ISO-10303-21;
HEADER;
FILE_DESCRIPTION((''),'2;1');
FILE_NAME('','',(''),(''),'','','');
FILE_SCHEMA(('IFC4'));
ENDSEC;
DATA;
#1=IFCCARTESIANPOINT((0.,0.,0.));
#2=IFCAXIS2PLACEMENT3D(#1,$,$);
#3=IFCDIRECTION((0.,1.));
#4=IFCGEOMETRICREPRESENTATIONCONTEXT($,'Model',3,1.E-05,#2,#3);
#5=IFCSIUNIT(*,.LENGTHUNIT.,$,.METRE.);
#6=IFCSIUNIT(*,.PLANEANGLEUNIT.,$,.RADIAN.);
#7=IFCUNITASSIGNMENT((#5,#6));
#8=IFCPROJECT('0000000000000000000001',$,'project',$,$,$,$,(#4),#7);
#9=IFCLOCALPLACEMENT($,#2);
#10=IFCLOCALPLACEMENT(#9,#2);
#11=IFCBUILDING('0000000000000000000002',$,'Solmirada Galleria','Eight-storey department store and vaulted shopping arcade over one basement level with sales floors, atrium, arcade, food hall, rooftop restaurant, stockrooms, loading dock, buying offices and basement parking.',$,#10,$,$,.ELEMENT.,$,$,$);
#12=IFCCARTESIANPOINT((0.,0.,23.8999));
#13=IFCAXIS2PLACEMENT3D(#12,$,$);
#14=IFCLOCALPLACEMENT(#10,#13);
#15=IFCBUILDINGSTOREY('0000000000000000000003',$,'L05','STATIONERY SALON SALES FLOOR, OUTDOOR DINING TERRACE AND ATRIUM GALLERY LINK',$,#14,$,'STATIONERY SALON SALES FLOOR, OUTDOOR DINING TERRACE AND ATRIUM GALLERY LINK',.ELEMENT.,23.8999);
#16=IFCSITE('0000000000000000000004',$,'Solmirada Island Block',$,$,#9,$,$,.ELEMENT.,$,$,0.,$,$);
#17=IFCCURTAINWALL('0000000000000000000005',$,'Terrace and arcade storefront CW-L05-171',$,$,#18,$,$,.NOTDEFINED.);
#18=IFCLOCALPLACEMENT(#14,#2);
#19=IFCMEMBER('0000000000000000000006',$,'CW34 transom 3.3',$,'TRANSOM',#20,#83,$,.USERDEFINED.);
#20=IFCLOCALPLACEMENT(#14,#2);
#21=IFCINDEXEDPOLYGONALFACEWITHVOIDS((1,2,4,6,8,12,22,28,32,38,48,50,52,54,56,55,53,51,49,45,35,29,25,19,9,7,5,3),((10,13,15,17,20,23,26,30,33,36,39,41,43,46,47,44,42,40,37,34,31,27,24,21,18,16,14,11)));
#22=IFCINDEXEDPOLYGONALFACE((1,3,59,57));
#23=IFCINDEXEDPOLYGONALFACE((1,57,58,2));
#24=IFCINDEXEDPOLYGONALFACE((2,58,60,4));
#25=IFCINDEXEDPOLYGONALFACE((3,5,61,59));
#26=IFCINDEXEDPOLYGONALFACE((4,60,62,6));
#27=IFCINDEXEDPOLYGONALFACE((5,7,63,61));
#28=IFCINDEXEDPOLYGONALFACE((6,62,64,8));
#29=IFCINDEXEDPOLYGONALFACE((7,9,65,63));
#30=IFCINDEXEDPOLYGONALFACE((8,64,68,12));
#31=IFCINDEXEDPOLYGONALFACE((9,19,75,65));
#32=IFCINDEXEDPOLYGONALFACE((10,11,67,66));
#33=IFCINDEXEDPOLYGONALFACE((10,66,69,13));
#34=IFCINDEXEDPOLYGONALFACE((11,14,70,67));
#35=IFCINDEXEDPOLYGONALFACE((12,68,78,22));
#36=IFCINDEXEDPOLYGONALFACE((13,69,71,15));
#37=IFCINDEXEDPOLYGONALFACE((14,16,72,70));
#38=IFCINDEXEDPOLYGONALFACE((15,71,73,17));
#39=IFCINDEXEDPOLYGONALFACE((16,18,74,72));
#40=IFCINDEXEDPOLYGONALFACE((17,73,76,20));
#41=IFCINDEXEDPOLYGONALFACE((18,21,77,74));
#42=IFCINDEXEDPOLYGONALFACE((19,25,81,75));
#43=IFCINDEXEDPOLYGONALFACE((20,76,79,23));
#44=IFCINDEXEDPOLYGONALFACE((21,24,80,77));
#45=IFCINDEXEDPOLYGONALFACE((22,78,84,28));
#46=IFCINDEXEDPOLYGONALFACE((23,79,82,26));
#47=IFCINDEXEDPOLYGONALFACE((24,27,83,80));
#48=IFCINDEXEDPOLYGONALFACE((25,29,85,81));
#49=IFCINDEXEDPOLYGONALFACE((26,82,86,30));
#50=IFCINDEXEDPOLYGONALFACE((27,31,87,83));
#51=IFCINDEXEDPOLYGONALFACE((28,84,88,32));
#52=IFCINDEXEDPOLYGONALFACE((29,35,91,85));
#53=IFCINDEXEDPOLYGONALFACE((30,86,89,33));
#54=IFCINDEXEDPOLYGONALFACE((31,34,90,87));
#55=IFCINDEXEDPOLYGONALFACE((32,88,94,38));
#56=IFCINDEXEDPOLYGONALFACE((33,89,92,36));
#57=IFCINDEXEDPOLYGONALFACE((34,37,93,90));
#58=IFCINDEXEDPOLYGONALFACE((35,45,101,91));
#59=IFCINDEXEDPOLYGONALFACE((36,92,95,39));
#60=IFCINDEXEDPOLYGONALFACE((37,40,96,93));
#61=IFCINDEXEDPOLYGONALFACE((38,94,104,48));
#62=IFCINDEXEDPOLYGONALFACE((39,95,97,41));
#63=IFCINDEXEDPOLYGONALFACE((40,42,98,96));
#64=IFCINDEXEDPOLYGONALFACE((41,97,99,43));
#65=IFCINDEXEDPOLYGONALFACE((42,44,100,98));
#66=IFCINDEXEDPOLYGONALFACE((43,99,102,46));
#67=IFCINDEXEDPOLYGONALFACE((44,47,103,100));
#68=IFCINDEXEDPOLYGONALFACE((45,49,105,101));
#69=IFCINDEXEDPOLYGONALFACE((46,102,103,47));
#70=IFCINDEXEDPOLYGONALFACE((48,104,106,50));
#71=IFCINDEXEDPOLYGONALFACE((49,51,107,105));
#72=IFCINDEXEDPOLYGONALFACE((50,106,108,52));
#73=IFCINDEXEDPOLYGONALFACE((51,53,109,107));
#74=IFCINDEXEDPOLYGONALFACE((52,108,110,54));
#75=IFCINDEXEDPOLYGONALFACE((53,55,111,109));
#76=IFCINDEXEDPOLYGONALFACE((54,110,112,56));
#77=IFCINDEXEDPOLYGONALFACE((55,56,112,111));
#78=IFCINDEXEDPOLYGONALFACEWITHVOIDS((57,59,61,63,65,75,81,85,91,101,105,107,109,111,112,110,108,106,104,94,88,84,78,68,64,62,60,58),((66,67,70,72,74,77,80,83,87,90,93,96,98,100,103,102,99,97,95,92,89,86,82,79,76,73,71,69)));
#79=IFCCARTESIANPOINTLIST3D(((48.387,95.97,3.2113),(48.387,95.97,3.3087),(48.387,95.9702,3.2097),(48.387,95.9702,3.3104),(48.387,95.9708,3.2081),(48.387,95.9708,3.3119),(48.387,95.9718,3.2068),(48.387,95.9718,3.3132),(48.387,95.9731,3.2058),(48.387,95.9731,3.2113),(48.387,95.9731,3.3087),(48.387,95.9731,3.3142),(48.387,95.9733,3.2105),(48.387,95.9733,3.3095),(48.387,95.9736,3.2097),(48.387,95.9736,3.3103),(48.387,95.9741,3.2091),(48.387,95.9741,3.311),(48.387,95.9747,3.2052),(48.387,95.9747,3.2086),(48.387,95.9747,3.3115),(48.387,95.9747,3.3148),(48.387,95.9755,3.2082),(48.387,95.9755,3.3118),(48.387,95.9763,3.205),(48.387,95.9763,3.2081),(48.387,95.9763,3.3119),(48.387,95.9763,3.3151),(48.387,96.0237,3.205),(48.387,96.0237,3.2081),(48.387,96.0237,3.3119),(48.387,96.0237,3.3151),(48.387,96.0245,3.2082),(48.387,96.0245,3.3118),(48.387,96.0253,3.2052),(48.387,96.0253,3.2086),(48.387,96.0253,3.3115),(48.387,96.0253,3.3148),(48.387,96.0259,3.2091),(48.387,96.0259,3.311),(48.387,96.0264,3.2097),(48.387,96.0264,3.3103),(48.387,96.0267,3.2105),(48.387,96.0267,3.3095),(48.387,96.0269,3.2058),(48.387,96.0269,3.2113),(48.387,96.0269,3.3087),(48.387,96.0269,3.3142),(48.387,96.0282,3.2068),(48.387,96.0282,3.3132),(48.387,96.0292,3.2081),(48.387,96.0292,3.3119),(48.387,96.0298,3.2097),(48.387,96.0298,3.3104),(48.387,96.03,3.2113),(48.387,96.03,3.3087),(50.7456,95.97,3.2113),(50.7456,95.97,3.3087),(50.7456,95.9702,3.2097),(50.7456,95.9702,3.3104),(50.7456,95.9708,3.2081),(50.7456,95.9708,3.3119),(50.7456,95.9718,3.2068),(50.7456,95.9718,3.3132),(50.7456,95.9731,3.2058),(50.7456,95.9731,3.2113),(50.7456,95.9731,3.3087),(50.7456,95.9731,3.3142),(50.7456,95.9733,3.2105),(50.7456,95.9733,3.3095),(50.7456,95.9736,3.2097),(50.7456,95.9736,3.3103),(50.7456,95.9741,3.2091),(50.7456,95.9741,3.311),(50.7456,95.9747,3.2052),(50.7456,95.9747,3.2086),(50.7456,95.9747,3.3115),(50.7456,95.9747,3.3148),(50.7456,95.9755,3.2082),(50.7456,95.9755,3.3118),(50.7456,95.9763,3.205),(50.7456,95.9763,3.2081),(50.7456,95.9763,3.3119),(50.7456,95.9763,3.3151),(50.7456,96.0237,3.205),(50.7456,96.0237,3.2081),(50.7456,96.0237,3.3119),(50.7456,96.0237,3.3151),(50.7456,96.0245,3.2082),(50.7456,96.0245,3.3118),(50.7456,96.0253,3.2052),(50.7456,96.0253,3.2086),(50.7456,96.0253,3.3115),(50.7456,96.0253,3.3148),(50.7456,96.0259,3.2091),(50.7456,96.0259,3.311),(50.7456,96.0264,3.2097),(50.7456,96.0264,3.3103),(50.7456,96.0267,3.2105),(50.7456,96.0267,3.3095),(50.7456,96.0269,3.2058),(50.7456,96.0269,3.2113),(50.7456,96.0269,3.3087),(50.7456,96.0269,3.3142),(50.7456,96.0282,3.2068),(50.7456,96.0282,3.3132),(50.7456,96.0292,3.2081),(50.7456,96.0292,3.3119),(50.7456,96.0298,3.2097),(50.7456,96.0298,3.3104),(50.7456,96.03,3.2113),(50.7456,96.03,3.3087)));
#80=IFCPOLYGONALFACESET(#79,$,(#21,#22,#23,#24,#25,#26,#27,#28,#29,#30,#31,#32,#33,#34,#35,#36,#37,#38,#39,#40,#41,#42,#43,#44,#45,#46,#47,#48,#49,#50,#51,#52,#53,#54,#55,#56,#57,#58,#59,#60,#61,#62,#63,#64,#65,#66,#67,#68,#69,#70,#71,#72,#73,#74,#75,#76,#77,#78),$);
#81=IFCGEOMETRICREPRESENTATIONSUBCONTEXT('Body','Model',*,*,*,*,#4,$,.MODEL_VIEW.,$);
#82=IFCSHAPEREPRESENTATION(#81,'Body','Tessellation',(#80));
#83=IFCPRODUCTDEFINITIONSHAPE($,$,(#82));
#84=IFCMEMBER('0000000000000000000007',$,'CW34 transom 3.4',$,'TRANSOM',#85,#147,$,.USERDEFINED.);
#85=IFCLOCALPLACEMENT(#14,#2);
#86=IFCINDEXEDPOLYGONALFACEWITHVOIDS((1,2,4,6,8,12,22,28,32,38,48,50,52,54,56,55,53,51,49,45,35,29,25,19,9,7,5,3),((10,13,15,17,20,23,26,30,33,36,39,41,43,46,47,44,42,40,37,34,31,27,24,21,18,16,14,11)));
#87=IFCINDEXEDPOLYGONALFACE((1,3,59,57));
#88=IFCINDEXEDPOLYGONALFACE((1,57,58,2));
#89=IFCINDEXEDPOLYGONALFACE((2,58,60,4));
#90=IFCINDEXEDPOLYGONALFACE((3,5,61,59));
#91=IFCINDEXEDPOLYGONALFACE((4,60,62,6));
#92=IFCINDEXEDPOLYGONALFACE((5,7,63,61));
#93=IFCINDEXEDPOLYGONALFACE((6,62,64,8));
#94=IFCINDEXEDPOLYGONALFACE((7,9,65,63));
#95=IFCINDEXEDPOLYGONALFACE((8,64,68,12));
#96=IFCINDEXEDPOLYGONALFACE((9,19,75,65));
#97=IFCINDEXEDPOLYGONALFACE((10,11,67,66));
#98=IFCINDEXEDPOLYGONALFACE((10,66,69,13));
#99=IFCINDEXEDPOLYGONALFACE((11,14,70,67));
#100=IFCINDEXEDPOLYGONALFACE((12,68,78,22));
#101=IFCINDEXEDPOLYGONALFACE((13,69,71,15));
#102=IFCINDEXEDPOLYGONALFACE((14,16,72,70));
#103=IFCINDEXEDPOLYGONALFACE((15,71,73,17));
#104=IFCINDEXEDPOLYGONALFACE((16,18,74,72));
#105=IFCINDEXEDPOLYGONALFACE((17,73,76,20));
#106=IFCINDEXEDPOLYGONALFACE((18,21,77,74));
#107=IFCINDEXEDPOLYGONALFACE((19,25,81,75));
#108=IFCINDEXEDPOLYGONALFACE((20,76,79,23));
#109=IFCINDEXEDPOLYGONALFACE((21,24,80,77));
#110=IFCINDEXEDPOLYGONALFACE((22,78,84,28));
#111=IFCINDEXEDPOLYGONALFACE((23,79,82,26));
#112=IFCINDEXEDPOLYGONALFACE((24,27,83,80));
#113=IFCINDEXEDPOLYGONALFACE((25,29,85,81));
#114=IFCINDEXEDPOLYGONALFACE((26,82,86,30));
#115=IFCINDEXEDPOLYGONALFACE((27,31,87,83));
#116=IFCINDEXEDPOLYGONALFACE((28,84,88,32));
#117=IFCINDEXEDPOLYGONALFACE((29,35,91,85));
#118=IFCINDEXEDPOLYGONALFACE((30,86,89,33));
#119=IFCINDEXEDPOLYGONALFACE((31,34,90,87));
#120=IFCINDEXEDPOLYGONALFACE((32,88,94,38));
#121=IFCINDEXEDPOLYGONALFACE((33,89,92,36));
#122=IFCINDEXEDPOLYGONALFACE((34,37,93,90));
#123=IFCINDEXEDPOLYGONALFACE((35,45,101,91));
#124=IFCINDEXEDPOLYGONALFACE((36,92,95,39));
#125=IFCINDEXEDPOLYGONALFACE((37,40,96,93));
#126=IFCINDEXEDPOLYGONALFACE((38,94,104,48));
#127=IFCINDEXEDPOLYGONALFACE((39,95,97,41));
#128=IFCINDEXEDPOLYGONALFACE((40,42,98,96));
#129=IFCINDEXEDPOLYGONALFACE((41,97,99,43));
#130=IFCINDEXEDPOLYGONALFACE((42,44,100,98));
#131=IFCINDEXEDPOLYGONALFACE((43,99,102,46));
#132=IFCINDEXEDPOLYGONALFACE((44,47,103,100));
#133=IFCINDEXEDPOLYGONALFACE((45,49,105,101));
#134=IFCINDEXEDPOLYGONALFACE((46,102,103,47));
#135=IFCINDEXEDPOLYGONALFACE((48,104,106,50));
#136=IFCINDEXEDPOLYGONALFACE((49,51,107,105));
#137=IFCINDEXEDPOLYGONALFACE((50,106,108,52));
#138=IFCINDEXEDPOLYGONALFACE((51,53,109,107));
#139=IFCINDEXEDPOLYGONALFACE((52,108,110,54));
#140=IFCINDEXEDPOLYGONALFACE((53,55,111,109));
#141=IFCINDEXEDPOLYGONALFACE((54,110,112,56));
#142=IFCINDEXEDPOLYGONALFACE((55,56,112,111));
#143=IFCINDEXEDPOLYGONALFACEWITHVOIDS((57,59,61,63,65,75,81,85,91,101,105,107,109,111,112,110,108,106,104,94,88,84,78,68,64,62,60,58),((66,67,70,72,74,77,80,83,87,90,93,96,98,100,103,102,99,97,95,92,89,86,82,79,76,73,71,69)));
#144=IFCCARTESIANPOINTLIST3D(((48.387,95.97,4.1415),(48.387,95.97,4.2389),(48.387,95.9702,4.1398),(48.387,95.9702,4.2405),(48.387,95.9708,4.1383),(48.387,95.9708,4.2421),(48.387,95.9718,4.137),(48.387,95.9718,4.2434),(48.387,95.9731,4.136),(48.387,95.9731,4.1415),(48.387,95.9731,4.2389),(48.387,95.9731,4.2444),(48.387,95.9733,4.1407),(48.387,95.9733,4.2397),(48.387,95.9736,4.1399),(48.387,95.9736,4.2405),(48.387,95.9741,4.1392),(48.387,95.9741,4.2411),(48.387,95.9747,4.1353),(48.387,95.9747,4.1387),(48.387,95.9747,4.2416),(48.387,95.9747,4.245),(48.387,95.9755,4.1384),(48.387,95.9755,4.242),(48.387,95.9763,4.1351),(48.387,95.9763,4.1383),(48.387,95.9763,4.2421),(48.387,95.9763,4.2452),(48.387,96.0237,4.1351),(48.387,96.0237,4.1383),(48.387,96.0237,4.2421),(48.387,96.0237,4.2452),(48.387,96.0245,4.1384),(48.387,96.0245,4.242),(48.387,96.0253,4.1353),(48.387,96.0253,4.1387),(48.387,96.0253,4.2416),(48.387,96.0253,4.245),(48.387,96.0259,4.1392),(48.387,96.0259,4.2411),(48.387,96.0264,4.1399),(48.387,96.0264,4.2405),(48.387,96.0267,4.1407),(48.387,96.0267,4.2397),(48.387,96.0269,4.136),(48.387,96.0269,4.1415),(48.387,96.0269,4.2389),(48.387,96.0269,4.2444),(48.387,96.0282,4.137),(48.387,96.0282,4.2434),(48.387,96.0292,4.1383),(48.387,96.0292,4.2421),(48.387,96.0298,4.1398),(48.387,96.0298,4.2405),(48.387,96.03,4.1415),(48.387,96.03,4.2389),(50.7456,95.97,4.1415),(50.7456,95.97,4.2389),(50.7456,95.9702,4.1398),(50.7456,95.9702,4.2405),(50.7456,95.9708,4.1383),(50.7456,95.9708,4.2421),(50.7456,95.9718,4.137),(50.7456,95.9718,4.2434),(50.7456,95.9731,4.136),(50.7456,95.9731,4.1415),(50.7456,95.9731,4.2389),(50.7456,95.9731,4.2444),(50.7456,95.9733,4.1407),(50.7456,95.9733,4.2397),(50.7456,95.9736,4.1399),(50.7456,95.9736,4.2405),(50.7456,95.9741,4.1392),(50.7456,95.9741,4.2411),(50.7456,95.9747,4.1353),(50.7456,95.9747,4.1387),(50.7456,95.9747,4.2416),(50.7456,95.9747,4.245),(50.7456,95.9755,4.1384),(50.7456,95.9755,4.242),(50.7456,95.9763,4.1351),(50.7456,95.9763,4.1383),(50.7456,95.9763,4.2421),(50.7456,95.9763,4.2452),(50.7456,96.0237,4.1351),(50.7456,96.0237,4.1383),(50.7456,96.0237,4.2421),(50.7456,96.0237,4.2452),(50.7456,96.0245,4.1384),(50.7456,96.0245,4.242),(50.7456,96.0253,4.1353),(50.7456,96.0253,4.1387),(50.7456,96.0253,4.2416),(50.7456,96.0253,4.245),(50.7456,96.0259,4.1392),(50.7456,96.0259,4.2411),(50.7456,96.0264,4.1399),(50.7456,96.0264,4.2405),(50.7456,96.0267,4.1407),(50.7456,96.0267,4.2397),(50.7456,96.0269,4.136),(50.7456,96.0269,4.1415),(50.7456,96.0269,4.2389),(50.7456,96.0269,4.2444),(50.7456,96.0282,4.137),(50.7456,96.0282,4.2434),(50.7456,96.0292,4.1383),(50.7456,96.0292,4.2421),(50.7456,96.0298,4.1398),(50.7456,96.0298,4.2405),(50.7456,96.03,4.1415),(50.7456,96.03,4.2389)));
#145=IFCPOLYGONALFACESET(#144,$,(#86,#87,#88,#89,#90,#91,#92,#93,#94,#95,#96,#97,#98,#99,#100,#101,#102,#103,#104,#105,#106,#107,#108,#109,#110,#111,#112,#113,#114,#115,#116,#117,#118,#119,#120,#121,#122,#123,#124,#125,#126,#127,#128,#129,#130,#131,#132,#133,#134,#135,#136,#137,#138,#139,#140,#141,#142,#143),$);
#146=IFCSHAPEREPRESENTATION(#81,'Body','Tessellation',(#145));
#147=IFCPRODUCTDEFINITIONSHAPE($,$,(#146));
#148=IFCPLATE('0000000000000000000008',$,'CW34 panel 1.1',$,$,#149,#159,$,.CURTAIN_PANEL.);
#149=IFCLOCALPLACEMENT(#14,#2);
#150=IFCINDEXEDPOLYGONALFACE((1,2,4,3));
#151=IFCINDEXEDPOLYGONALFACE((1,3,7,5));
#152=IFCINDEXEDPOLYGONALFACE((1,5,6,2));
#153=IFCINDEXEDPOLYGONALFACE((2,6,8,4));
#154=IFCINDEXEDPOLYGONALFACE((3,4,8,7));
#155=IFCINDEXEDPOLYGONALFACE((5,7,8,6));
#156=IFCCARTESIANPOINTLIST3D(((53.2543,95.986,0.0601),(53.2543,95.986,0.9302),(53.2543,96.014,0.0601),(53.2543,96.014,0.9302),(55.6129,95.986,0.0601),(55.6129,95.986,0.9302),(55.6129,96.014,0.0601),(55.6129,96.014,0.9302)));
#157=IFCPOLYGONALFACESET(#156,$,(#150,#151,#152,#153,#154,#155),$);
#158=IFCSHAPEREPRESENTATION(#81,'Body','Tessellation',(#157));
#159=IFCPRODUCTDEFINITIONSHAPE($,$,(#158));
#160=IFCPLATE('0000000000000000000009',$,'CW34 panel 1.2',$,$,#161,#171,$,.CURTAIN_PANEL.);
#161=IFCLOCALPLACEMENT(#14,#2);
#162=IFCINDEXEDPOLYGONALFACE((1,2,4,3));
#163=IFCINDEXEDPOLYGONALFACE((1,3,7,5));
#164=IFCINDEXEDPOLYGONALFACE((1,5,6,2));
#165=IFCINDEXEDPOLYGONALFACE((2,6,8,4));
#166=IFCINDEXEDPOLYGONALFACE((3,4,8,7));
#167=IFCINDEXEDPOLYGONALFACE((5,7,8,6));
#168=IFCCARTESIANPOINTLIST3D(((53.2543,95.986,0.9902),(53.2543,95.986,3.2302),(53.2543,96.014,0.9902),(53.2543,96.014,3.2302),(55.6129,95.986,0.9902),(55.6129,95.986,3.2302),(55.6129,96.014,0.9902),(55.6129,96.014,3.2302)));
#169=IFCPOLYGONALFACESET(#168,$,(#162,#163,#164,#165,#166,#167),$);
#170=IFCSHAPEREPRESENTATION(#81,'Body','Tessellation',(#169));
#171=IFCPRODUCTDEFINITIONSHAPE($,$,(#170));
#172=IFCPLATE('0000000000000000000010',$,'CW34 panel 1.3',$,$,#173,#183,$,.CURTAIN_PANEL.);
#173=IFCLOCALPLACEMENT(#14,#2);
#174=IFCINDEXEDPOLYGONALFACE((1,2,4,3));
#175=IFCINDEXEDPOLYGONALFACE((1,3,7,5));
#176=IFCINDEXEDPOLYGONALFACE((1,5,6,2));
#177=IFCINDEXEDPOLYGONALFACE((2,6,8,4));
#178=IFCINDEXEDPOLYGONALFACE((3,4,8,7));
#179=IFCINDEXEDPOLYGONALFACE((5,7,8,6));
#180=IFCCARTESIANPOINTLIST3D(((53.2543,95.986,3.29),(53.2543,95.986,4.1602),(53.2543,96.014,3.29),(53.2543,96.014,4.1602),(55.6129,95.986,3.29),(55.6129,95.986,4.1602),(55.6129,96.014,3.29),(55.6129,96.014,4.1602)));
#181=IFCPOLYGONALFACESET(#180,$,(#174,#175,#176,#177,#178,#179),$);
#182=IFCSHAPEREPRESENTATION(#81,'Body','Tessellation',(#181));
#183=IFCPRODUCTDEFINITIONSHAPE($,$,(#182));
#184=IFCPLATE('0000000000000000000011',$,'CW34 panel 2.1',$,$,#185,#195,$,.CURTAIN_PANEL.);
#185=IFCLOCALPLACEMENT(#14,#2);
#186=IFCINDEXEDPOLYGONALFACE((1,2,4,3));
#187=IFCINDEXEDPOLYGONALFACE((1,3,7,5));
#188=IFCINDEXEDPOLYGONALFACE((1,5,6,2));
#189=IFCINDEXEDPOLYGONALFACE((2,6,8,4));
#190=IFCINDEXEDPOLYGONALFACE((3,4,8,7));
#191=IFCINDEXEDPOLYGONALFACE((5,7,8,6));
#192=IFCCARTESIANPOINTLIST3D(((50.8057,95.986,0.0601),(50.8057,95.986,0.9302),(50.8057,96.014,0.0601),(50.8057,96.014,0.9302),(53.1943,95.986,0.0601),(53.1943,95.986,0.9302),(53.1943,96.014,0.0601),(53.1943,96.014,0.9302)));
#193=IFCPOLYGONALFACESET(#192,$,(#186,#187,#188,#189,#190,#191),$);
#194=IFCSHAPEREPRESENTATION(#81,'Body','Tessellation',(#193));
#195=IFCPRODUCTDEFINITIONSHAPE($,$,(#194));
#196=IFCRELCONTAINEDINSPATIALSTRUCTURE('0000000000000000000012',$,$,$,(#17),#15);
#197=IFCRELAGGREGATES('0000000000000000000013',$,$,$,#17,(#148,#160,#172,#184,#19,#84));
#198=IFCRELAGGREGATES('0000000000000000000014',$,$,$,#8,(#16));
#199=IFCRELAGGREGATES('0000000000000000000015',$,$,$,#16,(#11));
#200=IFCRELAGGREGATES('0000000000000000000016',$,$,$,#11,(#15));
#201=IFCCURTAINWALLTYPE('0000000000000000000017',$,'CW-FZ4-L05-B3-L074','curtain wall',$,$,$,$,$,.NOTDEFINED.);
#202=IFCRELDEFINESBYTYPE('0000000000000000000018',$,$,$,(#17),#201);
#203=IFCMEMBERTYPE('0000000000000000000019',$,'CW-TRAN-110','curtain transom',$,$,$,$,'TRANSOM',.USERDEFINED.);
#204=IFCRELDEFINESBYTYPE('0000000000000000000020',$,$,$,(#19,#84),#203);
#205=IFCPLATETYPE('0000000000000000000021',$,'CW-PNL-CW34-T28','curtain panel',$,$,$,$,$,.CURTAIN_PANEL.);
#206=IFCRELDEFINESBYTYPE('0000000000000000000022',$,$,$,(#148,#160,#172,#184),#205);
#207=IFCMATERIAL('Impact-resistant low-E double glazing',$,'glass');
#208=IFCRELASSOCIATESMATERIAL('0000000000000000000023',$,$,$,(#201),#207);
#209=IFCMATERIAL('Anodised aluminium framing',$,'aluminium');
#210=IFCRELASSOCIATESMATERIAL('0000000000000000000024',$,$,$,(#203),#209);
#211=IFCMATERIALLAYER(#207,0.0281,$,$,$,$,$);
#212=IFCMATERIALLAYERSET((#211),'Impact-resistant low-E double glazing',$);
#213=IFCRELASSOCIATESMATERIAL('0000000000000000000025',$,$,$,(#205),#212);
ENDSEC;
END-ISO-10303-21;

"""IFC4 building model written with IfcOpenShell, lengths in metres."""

from ifc_helpers import new_model, si_unit, direction, frame, origin, origin_2d, place, context, subcontext, project, spatial, rectangle, hollow_rectangle, extrude, material, layer, layer_set, material_profile, profile_set, type_object, element, aggregate, save


model = new_model("IFC4")

# Units and contexts
model_context = context("Model", 3, precision=1e-05, world=origin(), true_north=direction((0.0, 1.0)))
body_context = subcontext(model_context, "Body", "Model", "MODEL_VIEW")
ifc_project = project(units=[si_unit("LENGTHUNIT", "METRE"), si_unit("PLANEANGLEUNIT", "RADIAN")], contexts=[model_context])

# Site, building, storey
site_placement = place(None, origin())
site = spatial("IfcSite", under=ifc_project, at=site_placement, Name="Solmirada Island Block", CompositionType="ELEMENT", RefElevation=0.0)
building_placement = place(site_placement, origin())
building = spatial("IfcBuilding", under=site, at=building_placement, Name="Solmirada Galleria", Description="Eight-storey department store and vaulted shopping arcade over one basement level with sales floors, atrium, arcade, food hall, rooftop restaurant, stockrooms, loading dock, buying offices and basement parking.", CompositionType="ELEMENT")
storey_placement = place(building_placement, frame((0.0, 0.0, 23.8999)))
storey = spatial("IfcBuildingStorey", under=building, at=storey_placement, Name="L05", Description="STATIONERY SALON SALES FLOOR, OUTDOOR DINING TERRACE AND ATRIUM GALLERY LINK", LongName="STATIONERY SALON SALES FLOOR, OUTDOOR DINING TERRACE AND ATRIUM GALLERY LINK", CompositionType="ELEMENT", Elevation=23.8999)

# Curtain wall, members, plates
ifc_material_1 = material(Name="Impact-resistant low-E double glazing", Category="glass")
curtain_wall_type = type_object("IfcCurtainWallType", Name="CW-FZ4-L05-B3-L074", Description="curtain wall", PredefinedType="NOTDEFINED", material=ifc_material_1)
curtain_wall_placement = place(storey_placement, origin())
curtain_wall = element("IfcCurtainWall", 1, at=curtain_wall_placement, inside=storey, type_object=curtain_wall_type, Name="Terrace and arcade storefront CW-L05-171", PredefinedType="NOTDEFINED")
ifc_material_2 = material(Name="Anodised aluminium framing", Category="aluminium")
ifc_material_profile_1 = material_profile(ifc_material_2, hollow_rectangle(XDim=0.0601, YDim=0.1101, WallThickness=0.0032, InnerFilletRadius=0.0032, OuterFilletRadius=0.0063, at=origin_2d()), Name="ALU-TRAN-110X60")
ifc_profile_set_1 = profile_set([ifc_material_profile_1], Name="Anodised aluminium framing")
member_type_1 = type_object("IfcMemberType", Name="CW-TRAN-110", Description="curtain transom", ElementType="TRANSOM", PredefinedType="USERDEFINED", material=ifc_profile_set_1)
member_1_placement = place(storey_placement, frame((50.7456, 96.0, 3.26), z_axis=(-1.0, 0.0, 0.0), x_axis=(0.0, -1.0, 0.0)))
member_1 = element("IfcMember", 2, at=member_1_placement, type_object=member_type_1, Name="CW34 transom 3.3", ObjectType="TRANSOM", PredefinedType="USERDEFINED", context=body_context, shape_type="SweptSolid", body=[
    extrude(hollow_rectangle(XDim=0.0601, YDim=0.1101, WallThickness=0.0032, InnerFilletRadius=0.0032, OuterFilletRadius=0.0063, at=origin_2d()), origin(), (0.0, 0.0, 1.0), 2.3586),
])
member_2_placement = place(storey_placement, frame((50.7456, 96.0, 4.1902), z_axis=(-1.0, 0.0, 0.0), x_axis=(0.0, -1.0, 0.0)))
member_2 = element("IfcMember", 3, at=member_2_placement, type_object=member_type_1, Name="CW34 transom 3.4", ObjectType="TRANSOM", PredefinedType="USERDEFINED", context=body_context, shape_type="SweptSolid", body=[
    extrude(hollow_rectangle(XDim=0.0601, YDim=0.1101, WallThickness=0.0032, InnerFilletRadius=0.0032, OuterFilletRadius=0.0063, at=origin_2d()), origin(), (0.0, 0.0, 1.0), 2.3586),
])
ifc_layer = layer(ifc_material_1, 0.0281)
ifc_layer_set = layer_set([ifc_layer], Name="Impact-resistant low-E double glazing")
plate_type = type_object("IfcPlateType", Name="CW-PNL-CW34-T28", Description="curtain panel", PredefinedType="CURTAIN_PANEL", material=ifc_layer_set)
plate_1_placement = place(storey_placement, frame((54.4336, 96.0, 0.0601), z_axis=(0.0, 0.0, 1.0), x_axis=(-1.0, 0.0, 0.0)))
plate_1 = element("IfcPlate", 4, at=plate_1_placement, type_object=plate_type, Name="CW34 panel 1.1", PredefinedType="CURTAIN_PANEL", context=body_context, shape_type="SweptSolid", body=[
    extrude(rectangle(XDim=2.3586, YDim=0.0281, at=origin_2d()), origin(), (0.0, 0.0, 1.0), 0.8701),
])
plate_2_placement = place(storey_placement, frame((54.4336, 96.0, 0.9902), z_axis=(0.0, 0.0, 1.0), x_axis=(-1.0, 0.0, 0.0)))
plate_2 = element("IfcPlate", 5, at=plate_2_placement, type_object=plate_type, Name="CW34 panel 1.2", PredefinedType="CURTAIN_PANEL", context=body_context, shape_type="SweptSolid", body=[
    extrude(rectangle(XDim=2.3586, YDim=0.0281, at=origin_2d()), origin(), (0.0, 0.0, 1.0), 2.24),
])
plate_3_placement = place(storey_placement, frame((54.4336, 96.0, 3.29), z_axis=(0.0, 0.0, 1.0), x_axis=(-1.0, 0.0, 0.0)))
plate_3 = element("IfcPlate", 6, at=plate_3_placement, type_object=plate_type, Name="CW34 panel 1.3", PredefinedType="CURTAIN_PANEL", context=body_context, shape_type="SweptSolid", body=[
    extrude(rectangle(XDim=2.3586, YDim=0.0281, at=origin_2d()), origin(), (0.0, 0.0, 1.0), 0.8701),
])
plate_4_placement = place(storey_placement, frame((52.0, 96.0, 0.0601), z_axis=(0.0, 0.0, 1.0), x_axis=(-1.0, 0.0, 0.0)))
plate_4 = element("IfcPlate", 7, at=plate_4_placement, type_object=plate_type, Name="CW34 panel 2.1", PredefinedType="CURTAIN_PANEL", context=body_context, shape_type="SweptSolid", body=[
    extrude(rectangle(XDim=2.3887, YDim=0.0281, at=origin_2d()), origin(), (0.0, 0.0, 1.0), 0.8701),
])
aggregate(curtain_wall, [plate_1, plate_2, plate_3, plate_4, member_1, member_2])

save(model, "model.ifc")
